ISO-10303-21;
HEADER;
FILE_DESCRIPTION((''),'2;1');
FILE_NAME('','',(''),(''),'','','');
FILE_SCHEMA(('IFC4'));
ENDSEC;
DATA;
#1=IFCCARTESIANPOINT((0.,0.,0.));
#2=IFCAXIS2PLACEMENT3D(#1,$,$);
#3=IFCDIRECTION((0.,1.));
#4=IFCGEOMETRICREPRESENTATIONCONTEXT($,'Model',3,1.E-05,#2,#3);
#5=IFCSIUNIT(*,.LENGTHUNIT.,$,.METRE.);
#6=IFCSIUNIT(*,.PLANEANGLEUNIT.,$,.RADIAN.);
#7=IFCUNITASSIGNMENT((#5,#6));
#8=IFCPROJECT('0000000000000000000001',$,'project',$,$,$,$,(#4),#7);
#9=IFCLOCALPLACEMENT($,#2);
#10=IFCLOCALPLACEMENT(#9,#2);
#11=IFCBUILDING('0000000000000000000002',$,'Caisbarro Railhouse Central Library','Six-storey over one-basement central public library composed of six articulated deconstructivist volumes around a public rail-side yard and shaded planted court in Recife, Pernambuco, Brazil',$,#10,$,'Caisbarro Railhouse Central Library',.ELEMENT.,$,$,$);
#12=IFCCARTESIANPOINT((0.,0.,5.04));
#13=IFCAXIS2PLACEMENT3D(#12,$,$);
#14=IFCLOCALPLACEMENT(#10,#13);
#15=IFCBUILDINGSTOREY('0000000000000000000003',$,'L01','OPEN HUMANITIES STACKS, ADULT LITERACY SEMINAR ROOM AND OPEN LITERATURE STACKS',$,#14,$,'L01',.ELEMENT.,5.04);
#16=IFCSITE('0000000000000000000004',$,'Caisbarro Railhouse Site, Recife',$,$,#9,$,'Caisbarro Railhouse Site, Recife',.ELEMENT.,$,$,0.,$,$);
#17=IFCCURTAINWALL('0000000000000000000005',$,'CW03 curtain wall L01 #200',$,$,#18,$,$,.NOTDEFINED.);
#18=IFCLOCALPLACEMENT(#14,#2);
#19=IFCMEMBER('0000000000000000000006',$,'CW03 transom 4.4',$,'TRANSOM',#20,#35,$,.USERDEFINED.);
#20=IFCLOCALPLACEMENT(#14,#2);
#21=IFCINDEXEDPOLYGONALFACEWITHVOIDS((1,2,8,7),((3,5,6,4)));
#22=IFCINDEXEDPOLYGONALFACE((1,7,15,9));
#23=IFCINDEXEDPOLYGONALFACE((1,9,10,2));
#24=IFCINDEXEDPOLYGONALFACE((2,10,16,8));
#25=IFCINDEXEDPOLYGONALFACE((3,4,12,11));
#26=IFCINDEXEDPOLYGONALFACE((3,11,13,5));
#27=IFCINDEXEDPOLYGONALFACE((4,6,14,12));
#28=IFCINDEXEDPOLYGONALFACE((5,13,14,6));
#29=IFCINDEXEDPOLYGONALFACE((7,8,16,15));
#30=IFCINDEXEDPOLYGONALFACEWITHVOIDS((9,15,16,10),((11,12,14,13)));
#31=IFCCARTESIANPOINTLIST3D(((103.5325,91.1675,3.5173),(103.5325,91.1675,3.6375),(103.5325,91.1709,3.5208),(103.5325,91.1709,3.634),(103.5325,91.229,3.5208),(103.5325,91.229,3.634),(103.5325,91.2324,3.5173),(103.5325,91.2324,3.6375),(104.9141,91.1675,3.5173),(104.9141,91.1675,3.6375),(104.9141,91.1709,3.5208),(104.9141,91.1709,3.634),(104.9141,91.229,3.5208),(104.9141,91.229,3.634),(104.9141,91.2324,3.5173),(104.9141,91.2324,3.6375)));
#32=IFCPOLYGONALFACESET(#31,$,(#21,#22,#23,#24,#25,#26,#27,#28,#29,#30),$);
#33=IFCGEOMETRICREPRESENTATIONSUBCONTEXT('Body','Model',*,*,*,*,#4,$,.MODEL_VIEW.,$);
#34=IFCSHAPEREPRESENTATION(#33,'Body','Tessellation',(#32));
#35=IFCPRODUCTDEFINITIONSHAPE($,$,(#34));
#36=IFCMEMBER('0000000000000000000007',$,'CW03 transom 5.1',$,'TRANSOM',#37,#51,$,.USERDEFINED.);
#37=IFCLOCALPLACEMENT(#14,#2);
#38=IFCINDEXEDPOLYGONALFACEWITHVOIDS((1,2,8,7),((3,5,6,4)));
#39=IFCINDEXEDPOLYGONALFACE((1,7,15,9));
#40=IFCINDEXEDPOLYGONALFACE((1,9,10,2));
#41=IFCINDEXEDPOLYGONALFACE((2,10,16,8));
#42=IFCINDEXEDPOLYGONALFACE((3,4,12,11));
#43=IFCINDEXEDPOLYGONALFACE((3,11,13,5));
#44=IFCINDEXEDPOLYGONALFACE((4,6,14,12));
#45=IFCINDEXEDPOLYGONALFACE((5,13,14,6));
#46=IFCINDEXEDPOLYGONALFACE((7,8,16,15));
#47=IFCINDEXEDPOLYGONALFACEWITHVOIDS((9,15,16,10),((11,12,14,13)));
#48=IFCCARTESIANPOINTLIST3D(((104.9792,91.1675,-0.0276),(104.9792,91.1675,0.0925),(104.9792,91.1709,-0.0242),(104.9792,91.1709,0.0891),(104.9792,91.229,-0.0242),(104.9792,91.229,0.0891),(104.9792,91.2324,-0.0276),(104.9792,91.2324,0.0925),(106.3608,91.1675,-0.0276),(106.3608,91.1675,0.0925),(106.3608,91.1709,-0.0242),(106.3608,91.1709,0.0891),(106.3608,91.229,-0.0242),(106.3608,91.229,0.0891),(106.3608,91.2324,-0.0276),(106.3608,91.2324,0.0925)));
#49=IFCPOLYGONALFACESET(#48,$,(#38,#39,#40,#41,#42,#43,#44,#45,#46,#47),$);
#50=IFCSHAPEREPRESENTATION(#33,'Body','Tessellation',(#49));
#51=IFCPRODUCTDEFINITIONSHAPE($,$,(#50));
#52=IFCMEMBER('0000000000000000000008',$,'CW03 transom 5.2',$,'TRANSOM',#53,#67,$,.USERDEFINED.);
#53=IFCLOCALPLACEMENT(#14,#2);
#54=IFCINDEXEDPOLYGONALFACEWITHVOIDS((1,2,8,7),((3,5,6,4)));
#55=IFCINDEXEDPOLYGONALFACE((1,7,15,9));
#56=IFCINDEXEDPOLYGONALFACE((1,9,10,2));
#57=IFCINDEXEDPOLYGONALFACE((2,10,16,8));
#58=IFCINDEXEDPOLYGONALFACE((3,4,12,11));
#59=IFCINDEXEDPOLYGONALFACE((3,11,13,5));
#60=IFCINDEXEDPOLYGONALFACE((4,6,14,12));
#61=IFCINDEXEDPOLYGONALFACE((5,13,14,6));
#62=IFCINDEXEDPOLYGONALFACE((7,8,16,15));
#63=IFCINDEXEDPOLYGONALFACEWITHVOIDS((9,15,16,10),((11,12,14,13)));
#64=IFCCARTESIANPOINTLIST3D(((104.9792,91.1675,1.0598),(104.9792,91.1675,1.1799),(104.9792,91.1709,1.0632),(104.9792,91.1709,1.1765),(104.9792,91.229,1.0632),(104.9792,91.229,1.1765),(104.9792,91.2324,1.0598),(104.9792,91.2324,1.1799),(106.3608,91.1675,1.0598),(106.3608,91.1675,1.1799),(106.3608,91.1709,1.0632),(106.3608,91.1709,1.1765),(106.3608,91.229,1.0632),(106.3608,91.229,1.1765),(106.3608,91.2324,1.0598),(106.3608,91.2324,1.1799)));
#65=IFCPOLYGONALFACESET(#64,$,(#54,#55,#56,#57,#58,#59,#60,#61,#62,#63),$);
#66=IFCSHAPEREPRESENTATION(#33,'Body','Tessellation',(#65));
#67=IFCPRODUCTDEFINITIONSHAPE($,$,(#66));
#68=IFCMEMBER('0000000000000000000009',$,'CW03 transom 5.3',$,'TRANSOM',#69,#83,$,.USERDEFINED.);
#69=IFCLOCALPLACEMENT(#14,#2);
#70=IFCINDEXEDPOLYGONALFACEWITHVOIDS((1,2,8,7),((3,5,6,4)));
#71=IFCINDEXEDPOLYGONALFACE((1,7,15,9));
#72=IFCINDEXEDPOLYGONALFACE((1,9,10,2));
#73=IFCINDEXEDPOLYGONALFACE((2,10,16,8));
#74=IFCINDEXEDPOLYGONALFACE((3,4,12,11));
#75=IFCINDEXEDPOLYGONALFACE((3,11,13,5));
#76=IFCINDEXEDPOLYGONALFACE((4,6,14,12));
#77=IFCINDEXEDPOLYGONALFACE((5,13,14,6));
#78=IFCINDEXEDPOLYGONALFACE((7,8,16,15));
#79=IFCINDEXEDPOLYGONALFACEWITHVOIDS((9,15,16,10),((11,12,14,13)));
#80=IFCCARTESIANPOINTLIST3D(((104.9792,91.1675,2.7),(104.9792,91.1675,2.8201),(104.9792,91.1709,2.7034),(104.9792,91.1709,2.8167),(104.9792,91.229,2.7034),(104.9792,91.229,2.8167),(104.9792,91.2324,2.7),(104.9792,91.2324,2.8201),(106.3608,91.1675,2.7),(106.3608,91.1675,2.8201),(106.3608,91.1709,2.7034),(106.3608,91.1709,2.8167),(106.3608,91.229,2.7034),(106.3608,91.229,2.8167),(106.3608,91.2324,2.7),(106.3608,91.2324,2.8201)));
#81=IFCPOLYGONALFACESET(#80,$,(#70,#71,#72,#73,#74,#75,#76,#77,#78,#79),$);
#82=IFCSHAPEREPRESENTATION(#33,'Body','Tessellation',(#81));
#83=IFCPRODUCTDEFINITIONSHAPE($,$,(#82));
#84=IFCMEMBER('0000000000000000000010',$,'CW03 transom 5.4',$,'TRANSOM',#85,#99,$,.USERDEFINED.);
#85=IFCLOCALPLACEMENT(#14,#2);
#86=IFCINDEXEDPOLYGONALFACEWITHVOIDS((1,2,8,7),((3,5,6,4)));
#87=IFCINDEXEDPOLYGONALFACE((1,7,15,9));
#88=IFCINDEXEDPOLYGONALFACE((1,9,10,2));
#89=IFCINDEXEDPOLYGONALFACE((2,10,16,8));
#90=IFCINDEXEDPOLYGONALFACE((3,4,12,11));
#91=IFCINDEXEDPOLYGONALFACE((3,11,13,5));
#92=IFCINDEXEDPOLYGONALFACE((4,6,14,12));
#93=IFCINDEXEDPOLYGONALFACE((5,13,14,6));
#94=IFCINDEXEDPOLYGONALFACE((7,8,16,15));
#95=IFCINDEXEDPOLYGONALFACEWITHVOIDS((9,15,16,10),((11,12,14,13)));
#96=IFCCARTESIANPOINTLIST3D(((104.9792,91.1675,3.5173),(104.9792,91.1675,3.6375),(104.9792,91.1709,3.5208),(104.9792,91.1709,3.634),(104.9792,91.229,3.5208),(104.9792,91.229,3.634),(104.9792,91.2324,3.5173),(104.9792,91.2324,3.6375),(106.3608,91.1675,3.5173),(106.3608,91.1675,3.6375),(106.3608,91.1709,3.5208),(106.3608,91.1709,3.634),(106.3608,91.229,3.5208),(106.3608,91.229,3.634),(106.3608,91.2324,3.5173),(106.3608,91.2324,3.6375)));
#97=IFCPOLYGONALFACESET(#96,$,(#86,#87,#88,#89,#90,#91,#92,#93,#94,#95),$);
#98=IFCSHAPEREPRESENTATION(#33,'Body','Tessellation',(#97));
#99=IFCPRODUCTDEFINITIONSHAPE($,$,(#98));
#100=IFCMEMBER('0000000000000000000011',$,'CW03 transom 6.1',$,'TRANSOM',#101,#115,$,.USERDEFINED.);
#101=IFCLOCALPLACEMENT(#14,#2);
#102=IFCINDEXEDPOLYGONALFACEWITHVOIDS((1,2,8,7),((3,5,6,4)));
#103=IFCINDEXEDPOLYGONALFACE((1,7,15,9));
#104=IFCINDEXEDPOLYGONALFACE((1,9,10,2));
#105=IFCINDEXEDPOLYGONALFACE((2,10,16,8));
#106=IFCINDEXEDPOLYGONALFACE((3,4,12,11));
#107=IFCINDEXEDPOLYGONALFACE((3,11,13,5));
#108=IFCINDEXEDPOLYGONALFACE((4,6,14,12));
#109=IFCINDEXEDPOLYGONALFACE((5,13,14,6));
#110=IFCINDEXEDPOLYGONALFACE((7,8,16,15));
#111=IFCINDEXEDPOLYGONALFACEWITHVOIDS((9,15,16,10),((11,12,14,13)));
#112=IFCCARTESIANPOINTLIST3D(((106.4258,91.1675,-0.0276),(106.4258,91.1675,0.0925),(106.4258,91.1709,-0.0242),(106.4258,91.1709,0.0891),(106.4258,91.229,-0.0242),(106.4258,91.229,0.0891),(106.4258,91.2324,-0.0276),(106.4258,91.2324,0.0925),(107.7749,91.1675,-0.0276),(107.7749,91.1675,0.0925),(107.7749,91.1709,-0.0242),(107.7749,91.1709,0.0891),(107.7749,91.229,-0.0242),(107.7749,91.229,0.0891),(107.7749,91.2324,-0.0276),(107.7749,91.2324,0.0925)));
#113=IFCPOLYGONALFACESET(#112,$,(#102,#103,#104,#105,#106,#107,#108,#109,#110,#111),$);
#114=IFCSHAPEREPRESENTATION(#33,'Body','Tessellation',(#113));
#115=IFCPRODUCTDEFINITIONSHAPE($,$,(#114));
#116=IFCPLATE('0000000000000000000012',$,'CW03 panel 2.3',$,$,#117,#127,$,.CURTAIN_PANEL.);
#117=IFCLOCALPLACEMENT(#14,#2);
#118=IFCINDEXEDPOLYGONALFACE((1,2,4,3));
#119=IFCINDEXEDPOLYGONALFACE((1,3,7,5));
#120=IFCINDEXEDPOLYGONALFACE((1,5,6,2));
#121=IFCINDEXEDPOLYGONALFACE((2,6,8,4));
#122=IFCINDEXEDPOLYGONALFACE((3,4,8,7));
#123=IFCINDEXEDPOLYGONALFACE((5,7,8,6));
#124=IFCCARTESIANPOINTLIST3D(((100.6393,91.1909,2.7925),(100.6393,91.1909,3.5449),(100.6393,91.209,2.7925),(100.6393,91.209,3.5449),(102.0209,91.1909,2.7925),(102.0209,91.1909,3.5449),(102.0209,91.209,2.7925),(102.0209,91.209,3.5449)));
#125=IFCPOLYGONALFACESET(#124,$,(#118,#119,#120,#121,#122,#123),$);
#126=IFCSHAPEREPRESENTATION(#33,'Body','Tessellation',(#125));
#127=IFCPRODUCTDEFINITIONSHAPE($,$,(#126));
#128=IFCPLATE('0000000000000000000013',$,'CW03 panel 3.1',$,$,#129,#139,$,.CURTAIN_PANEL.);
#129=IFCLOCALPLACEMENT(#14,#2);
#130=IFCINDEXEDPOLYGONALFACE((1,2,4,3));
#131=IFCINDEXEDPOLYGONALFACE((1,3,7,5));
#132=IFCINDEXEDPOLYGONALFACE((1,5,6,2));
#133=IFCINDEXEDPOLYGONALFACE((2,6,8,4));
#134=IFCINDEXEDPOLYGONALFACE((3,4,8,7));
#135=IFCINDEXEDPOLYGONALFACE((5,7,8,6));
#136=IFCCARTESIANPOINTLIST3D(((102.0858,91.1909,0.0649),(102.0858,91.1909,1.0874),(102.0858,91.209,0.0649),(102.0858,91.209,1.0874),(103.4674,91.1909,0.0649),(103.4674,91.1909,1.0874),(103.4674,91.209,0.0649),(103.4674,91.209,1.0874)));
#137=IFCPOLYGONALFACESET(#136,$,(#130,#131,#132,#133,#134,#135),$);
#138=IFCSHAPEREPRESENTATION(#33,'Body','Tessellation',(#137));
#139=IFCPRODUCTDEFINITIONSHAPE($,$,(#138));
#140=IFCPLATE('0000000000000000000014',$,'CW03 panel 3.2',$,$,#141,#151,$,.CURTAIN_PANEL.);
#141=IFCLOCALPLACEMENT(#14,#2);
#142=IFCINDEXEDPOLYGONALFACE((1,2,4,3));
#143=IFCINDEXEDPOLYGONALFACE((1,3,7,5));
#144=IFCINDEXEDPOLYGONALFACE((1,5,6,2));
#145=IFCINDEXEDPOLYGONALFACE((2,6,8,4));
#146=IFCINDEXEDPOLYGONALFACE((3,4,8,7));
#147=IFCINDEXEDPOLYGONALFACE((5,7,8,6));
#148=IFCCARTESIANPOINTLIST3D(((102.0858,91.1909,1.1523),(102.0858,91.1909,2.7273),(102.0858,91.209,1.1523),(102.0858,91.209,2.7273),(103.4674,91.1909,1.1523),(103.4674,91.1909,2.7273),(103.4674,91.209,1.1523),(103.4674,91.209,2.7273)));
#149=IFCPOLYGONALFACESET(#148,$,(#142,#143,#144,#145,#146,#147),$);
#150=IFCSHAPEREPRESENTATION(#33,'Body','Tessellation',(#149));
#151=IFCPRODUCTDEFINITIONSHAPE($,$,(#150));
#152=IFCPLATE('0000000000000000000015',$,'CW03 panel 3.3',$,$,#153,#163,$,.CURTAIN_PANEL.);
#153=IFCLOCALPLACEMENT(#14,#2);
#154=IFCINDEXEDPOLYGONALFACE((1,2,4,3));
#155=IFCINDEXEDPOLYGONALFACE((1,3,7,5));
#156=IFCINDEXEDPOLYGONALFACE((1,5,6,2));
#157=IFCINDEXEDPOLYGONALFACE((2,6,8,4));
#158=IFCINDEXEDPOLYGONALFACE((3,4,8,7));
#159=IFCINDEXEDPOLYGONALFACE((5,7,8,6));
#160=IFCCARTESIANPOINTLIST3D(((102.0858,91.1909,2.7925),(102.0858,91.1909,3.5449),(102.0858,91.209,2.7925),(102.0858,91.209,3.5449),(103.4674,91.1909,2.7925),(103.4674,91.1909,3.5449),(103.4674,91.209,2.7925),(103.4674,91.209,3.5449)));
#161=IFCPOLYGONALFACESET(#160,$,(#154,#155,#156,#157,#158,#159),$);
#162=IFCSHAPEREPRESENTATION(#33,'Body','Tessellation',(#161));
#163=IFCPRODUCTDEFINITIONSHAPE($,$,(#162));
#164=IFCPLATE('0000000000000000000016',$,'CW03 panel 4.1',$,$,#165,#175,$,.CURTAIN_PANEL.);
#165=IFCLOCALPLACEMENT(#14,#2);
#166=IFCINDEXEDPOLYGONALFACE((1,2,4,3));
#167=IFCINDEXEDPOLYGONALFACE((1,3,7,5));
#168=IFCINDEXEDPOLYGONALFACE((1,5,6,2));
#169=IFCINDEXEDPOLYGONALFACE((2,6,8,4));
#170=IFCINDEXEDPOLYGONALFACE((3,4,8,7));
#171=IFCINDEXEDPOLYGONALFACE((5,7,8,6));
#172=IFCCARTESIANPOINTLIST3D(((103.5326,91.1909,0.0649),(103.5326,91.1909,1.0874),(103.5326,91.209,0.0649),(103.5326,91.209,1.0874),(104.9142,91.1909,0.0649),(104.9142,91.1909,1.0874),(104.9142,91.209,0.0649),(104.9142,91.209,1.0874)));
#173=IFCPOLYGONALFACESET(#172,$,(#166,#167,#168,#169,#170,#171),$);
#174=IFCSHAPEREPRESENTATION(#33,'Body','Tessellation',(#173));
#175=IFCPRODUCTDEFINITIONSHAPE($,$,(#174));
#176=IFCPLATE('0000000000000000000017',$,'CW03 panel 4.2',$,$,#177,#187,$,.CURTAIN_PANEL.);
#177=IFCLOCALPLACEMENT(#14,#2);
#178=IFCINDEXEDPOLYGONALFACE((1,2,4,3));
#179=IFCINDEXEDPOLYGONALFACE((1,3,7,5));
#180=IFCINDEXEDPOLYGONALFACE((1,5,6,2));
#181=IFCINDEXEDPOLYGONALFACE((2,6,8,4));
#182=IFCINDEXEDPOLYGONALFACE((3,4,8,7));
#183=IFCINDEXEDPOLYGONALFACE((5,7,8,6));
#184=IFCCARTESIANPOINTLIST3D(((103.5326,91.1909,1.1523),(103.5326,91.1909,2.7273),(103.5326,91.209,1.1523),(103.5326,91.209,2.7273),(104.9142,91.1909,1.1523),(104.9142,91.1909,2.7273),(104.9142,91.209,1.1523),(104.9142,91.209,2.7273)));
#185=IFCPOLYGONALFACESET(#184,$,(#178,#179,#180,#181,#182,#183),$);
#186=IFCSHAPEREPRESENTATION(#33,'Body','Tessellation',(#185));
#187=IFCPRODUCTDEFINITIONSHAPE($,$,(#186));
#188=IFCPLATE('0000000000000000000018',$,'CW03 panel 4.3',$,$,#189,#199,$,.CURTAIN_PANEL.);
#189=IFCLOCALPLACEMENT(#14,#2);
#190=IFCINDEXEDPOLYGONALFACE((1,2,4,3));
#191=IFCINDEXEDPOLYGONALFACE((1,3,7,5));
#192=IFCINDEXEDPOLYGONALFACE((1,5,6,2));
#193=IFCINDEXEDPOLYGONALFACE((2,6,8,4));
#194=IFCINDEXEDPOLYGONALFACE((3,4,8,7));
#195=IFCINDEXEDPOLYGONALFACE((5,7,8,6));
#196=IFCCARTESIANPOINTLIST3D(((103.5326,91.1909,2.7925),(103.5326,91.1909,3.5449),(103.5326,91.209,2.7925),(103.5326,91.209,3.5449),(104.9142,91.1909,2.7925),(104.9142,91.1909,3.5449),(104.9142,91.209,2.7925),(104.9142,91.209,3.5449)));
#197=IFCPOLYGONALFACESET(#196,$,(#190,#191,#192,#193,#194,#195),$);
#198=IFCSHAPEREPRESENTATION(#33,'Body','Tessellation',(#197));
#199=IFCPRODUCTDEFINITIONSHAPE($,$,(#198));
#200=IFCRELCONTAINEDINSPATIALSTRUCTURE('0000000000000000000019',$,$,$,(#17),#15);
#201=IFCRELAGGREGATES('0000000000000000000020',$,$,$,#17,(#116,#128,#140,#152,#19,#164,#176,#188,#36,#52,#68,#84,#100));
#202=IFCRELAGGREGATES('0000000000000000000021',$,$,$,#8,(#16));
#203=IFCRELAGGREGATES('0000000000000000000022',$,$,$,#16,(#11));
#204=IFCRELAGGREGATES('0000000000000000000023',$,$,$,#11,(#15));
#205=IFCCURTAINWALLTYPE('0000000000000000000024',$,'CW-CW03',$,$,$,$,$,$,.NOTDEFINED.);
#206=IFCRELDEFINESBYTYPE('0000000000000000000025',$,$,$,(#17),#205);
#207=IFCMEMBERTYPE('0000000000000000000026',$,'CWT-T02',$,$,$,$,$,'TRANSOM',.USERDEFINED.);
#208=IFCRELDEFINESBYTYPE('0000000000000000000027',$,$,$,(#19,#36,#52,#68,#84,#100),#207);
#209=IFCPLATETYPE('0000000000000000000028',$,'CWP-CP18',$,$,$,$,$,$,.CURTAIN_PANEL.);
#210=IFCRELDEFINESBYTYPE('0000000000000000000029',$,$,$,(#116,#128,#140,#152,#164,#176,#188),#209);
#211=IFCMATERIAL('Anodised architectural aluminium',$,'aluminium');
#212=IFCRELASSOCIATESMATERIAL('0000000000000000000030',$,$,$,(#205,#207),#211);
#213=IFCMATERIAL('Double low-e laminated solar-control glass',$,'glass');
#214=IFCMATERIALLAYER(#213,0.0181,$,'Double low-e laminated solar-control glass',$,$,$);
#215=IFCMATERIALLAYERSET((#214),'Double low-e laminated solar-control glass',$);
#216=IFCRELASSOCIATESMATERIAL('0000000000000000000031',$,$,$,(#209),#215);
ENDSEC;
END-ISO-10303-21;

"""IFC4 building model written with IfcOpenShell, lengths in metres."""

from ifc_helpers import new_model, si_unit, direction, frame, origin, origin_2d, place, context, subcontext, project, spatial, rectangle, hollow_rectangle, extrude, material, layer, layer_set, material_profile, profile_set, type_object, element, aggregate, save


model = new_model("IFC4")

# Units and contexts
model_context = context("Model", 3, precision=1e-05, world=origin(), true_north=direction((0.0, 1.0)))
body_context = subcontext(model_context, "Body", "Model", "MODEL_VIEW")
ifc_project = project(units=[si_unit("LENGTHUNIT", "METRE"), si_unit("PLANEANGLEUNIT", "RADIAN")], contexts=[model_context])

# Site, building, storey
site_placement = place(None, origin())
site = spatial("IfcSite", under=ifc_project, at=site_placement, Name="Caisbarro Railhouse Site, Recife", LongName="Caisbarro Railhouse Site, Recife", CompositionType="ELEMENT", RefElevation=0.0)
building_placement = place(site_placement, origin())
building = spatial("IfcBuilding", under=site, at=building_placement, Name="Caisbarro Railhouse Central Library", Description="Six-storey over one-basement central public library composed of six articulated deconstructivist volumes around a public rail-side yard and shaded planted court in Recife, Pernambuco, Brazil", LongName="Caisbarro Railhouse Central Library", CompositionType="ELEMENT")
storey_placement = place(building_placement, frame((0.0, 0.0, 5.04)))
storey = spatial("IfcBuildingStorey", under=building, at=storey_placement, Name="L01", Description="OPEN HUMANITIES STACKS, ADULT LITERACY SEMINAR ROOM AND OPEN LITERATURE STACKS", LongName="L01", CompositionType="ELEMENT", Elevation=5.04)

# Curtain wall, members, plates
ifc_material_1 = material(Name="Anodised architectural aluminium", Category="aluminium")
curtain_wall_type = type_object("IfcCurtainWallType", Name="CW-CW03", PredefinedType="NOTDEFINED", material=ifc_material_1)
curtain_wall_placement = place(storey_placement, origin())
curtain_wall = element("IfcCurtainWall", 1, at=curtain_wall_placement, inside=storey, type_object=curtain_wall_type, Name="CW03 curtain wall L01 #200", PredefinedType="NOTDEFINED")
ifc_material_profile_1 = material_profile(ifc_material_1, hollow_rectangle(XDim=0.0649, YDim=0.1201, WallThickness=0.0034, at=origin_2d()), Name="ALU-TRN-65X120")
ifc_profile_set_1 = profile_set([ifc_material_profile_1], Name="Anodised architectural aluminium")
member_type_1 = type_object("IfcMemberType", Name="CWT-T02", ElementType="TRANSOM", PredefinedType="USERDEFINED", material=ifc_profile_set_1)
member_1_placement = place(storey_placement, frame((103.5325, 91.2, 3.5774), z_axis=(1.0, 0.0, 0.0), x_axis=(0.0, 1.0, 0.0)))
member_1 = element("IfcMember", 2, at=member_1_placement, type_object=member_type_1, Name="CW03 transom 4.4", ObjectType="TRANSOM", PredefinedType="USERDEFINED", context=body_context, shape_type="SweptSolid", body=[
    extrude(hollow_rectangle(XDim=0.0649, YDim=0.1201, WallThickness=0.0034, at=origin_2d()), origin(), (0.0, 0.0, 1.0), 1.3816),
])
member_2_placement = place(storey_placement, frame((104.9792, 91.2, 0.0325), z_axis=(1.0, 0.0, 0.0), x_axis=(0.0, 1.0, 0.0)))
member_2 = element("IfcMember", 3, at=member_2_placement, type_object=member_type_1, Name="CW03 transom 5.1", ObjectType="TRANSOM", PredefinedType="USERDEFINED", context=body_context, shape_type="SweptSolid", body=[
    extrude(hollow_rectangle(XDim=0.0649, YDim=0.1201, WallThickness=0.0034, at=origin_2d()), origin(), (0.0, 0.0, 1.0), 1.3816),
])
member_3_placement = place(storey_placement, frame((104.9792, 91.2, 1.1199), z_axis=(1.0, 0.0, 0.0), x_axis=(0.0, 1.0, 0.0)))
member_3 = element("IfcMember", 4, at=member_3_placement, type_object=member_type_1, Name="CW03 transom 5.2", ObjectType="TRANSOM", PredefinedType="USERDEFINED", context=body_context, shape_type="SweptSolid", body=[
    extrude(hollow_rectangle(XDim=0.0649, YDim=0.1201, WallThickness=0.0034, at=origin_2d()), origin(), (0.0, 0.0, 1.0), 1.3816),
])
member_4_placement = place(storey_placement, frame((104.9792, 91.2, 2.76), z_axis=(1.0, 0.0, 0.0), x_axis=(0.0, 1.0, 0.0)))
member_4 = element("IfcMember", 5, at=member_4_placement, type_object=member_type_1, Name="CW03 transom 5.3", ObjectType="TRANSOM", PredefinedType="USERDEFINED", context=body_context, shape_type="SweptSolid", body=[
    extrude(hollow_rectangle(XDim=0.0649, YDim=0.1201, WallThickness=0.0034, at=origin_2d()), origin(), (0.0, 0.0, 1.0), 1.3816),
])
member_5_placement = place(storey_placement, frame((104.9792, 91.2, 3.5774), z_axis=(1.0, 0.0, 0.0), x_axis=(0.0, 1.0, 0.0)))
member_5 = element("IfcMember", 6, at=member_5_placement, type_object=member_type_1, Name="CW03 transom 5.4", ObjectType="TRANSOM", PredefinedType="USERDEFINED", context=body_context, shape_type="SweptSolid", body=[
    extrude(hollow_rectangle(XDim=0.0649, YDim=0.1201, WallThickness=0.0034, at=origin_2d()), origin(), (0.0, 0.0, 1.0), 1.3816),
])
member_6_placement = place(storey_placement, frame((106.4258, 91.2, 0.0325), z_axis=(1.0, 0.0, 0.0), x_axis=(0.0, 1.0, 0.0)))
member_6 = element("IfcMember", 7, at=member_6_placement, type_object=member_type_1, Name="CW03 transom 6.1", ObjectType="TRANSOM", PredefinedType="USERDEFINED", context=body_context, shape_type="SweptSolid", body=[
    extrude(hollow_rectangle(XDim=0.0649, YDim=0.1201, WallThickness=0.0034, at=origin_2d()), origin(), (0.0, 0.0, 1.0), 1.3491),
])
ifc_material_2 = material(Name="Double low-e laminated solar-control glass", Category="glass")
ifc_layer_1 = layer(ifc_material_2, 0.0181, Name="Double low-e laminated solar-control glass")
ifc_layer_set_1 = layer_set([ifc_layer_1], Name="Double low-e laminated solar-control glass")
plate_type = type_object("IfcPlateType", Name="CWP-CP18", PredefinedType="CURTAIN_PANEL", material=ifc_layer_set_1)
plate_1_placement = place(storey_placement, frame((101.3301, 91.2, 2.7925), z_axis=(0.0, 0.0, 1.0), x_axis=(1.0, 0.0, 0.0)))
plate_1 = element("IfcPlate", 8, at=plate_1_placement, type_object=plate_type, Name="CW03 panel 2.3", PredefinedType="CURTAIN_PANEL", context=body_context, shape_type="SweptSolid", body=[
    extrude(rectangle(XDim=1.3816, YDim=0.0181, at=origin_2d()), origin(), (0.0, 0.0, 1.0), 0.7524),
])
plate_2_placement = place(storey_placement, frame((102.7766, 91.2, 0.0649), z_axis=(0.0, 0.0, 1.0), x_axis=(1.0, 0.0, 0.0)))
plate_2 = element("IfcPlate", 9, at=plate_2_placement, type_object=plate_type, Name="CW03 panel 3.1", PredefinedType="CURTAIN_PANEL", context=body_context, shape_type="SweptSolid", body=[
    extrude(rectangle(XDim=1.3816, YDim=0.0181, at=origin_2d()), origin(), (0.0, 0.0, 1.0), 1.0225),
])
plate_3_placement = place(storey_placement, frame((102.7766, 91.2, 1.1523), z_axis=(0.0, 0.0, 1.0), x_axis=(1.0, 0.0, 0.0)))
plate_3 = element("IfcPlate", 10, at=plate_3_placement, type_object=plate_type, Name="CW03 panel 3.2", PredefinedType="CURTAIN_PANEL", context=body_context, shape_type="SweptSolid", body=[
    extrude(rectangle(XDim=1.3816, YDim=0.0181, at=origin_2d()), origin(), (0.0, 0.0, 1.0), 1.575),
])
plate_4_placement = place(storey_placement, frame((102.7766, 91.2, 2.7925), z_axis=(0.0, 0.0, 1.0), x_axis=(1.0, 0.0, 0.0)))
plate_4 = element("IfcPlate", 11, at=plate_4_placement, type_object=plate_type, Name="CW03 panel 3.3", PredefinedType="CURTAIN_PANEL", context=body_context, shape_type="SweptSolid", body=[
    extrude(rectangle(XDim=1.3816, YDim=0.0181, at=origin_2d()), origin(), (0.0, 0.0, 1.0), 0.7524),
])
plate_5_placement = place(storey_placement, frame((104.2234, 91.2, 0.0649), z_axis=(0.0, 0.0, 1.0), x_axis=(1.0, 0.0, 0.0)))
plate_5 = element("IfcPlate", 12, at=plate_5_placement, type_object=plate_type, Name="CW03 panel 4.1", PredefinedType="CURTAIN_PANEL", context=body_context, shape_type="SweptSolid", body=[
    extrude(rectangle(XDim=1.3816, YDim=0.0181, at=origin_2d()), origin(), (0.0, 0.0, 1.0), 1.0225),
])
plate_6_placement = place(storey_placement, frame((104.2234, 91.2, 1.1523), z_axis=(0.0, 0.0, 1.0), x_axis=(1.0, 0.0, 0.0)))
plate_6 = element("IfcPlate", 13, at=plate_6_placement, type_object=plate_type, Name="CW03 panel 4.2", PredefinedType="CURTAIN_PANEL", context=body_context, shape_type="SweptSolid", body=[
    extrude(rectangle(XDim=1.3816, YDim=0.0181, at=origin_2d()), origin(), (0.0, 0.0, 1.0), 1.575),
])
plate_7_placement = place(storey_placement, frame((104.2234, 91.2, 2.7925), z_axis=(0.0, 0.0, 1.0), x_axis=(1.0, 0.0, 0.0)))
plate_7 = element("IfcPlate", 14, at=plate_7_placement, type_object=plate_type, Name="CW03 panel 4.3", PredefinedType="CURTAIN_PANEL", context=body_context, shape_type="SweptSolid", body=[
    extrude(rectangle(XDim=1.3816, YDim=0.0181, at=origin_2d()), origin(), (0.0, 0.0, 1.0), 0.7524),
])
aggregate(curtain_wall, [plate_1, plate_2, plate_3, plate_4, member_1, plate_5, plate_6, plate_7, member_2, member_3, member_4, member_5, member_6])

save(model, "model.ifc")
